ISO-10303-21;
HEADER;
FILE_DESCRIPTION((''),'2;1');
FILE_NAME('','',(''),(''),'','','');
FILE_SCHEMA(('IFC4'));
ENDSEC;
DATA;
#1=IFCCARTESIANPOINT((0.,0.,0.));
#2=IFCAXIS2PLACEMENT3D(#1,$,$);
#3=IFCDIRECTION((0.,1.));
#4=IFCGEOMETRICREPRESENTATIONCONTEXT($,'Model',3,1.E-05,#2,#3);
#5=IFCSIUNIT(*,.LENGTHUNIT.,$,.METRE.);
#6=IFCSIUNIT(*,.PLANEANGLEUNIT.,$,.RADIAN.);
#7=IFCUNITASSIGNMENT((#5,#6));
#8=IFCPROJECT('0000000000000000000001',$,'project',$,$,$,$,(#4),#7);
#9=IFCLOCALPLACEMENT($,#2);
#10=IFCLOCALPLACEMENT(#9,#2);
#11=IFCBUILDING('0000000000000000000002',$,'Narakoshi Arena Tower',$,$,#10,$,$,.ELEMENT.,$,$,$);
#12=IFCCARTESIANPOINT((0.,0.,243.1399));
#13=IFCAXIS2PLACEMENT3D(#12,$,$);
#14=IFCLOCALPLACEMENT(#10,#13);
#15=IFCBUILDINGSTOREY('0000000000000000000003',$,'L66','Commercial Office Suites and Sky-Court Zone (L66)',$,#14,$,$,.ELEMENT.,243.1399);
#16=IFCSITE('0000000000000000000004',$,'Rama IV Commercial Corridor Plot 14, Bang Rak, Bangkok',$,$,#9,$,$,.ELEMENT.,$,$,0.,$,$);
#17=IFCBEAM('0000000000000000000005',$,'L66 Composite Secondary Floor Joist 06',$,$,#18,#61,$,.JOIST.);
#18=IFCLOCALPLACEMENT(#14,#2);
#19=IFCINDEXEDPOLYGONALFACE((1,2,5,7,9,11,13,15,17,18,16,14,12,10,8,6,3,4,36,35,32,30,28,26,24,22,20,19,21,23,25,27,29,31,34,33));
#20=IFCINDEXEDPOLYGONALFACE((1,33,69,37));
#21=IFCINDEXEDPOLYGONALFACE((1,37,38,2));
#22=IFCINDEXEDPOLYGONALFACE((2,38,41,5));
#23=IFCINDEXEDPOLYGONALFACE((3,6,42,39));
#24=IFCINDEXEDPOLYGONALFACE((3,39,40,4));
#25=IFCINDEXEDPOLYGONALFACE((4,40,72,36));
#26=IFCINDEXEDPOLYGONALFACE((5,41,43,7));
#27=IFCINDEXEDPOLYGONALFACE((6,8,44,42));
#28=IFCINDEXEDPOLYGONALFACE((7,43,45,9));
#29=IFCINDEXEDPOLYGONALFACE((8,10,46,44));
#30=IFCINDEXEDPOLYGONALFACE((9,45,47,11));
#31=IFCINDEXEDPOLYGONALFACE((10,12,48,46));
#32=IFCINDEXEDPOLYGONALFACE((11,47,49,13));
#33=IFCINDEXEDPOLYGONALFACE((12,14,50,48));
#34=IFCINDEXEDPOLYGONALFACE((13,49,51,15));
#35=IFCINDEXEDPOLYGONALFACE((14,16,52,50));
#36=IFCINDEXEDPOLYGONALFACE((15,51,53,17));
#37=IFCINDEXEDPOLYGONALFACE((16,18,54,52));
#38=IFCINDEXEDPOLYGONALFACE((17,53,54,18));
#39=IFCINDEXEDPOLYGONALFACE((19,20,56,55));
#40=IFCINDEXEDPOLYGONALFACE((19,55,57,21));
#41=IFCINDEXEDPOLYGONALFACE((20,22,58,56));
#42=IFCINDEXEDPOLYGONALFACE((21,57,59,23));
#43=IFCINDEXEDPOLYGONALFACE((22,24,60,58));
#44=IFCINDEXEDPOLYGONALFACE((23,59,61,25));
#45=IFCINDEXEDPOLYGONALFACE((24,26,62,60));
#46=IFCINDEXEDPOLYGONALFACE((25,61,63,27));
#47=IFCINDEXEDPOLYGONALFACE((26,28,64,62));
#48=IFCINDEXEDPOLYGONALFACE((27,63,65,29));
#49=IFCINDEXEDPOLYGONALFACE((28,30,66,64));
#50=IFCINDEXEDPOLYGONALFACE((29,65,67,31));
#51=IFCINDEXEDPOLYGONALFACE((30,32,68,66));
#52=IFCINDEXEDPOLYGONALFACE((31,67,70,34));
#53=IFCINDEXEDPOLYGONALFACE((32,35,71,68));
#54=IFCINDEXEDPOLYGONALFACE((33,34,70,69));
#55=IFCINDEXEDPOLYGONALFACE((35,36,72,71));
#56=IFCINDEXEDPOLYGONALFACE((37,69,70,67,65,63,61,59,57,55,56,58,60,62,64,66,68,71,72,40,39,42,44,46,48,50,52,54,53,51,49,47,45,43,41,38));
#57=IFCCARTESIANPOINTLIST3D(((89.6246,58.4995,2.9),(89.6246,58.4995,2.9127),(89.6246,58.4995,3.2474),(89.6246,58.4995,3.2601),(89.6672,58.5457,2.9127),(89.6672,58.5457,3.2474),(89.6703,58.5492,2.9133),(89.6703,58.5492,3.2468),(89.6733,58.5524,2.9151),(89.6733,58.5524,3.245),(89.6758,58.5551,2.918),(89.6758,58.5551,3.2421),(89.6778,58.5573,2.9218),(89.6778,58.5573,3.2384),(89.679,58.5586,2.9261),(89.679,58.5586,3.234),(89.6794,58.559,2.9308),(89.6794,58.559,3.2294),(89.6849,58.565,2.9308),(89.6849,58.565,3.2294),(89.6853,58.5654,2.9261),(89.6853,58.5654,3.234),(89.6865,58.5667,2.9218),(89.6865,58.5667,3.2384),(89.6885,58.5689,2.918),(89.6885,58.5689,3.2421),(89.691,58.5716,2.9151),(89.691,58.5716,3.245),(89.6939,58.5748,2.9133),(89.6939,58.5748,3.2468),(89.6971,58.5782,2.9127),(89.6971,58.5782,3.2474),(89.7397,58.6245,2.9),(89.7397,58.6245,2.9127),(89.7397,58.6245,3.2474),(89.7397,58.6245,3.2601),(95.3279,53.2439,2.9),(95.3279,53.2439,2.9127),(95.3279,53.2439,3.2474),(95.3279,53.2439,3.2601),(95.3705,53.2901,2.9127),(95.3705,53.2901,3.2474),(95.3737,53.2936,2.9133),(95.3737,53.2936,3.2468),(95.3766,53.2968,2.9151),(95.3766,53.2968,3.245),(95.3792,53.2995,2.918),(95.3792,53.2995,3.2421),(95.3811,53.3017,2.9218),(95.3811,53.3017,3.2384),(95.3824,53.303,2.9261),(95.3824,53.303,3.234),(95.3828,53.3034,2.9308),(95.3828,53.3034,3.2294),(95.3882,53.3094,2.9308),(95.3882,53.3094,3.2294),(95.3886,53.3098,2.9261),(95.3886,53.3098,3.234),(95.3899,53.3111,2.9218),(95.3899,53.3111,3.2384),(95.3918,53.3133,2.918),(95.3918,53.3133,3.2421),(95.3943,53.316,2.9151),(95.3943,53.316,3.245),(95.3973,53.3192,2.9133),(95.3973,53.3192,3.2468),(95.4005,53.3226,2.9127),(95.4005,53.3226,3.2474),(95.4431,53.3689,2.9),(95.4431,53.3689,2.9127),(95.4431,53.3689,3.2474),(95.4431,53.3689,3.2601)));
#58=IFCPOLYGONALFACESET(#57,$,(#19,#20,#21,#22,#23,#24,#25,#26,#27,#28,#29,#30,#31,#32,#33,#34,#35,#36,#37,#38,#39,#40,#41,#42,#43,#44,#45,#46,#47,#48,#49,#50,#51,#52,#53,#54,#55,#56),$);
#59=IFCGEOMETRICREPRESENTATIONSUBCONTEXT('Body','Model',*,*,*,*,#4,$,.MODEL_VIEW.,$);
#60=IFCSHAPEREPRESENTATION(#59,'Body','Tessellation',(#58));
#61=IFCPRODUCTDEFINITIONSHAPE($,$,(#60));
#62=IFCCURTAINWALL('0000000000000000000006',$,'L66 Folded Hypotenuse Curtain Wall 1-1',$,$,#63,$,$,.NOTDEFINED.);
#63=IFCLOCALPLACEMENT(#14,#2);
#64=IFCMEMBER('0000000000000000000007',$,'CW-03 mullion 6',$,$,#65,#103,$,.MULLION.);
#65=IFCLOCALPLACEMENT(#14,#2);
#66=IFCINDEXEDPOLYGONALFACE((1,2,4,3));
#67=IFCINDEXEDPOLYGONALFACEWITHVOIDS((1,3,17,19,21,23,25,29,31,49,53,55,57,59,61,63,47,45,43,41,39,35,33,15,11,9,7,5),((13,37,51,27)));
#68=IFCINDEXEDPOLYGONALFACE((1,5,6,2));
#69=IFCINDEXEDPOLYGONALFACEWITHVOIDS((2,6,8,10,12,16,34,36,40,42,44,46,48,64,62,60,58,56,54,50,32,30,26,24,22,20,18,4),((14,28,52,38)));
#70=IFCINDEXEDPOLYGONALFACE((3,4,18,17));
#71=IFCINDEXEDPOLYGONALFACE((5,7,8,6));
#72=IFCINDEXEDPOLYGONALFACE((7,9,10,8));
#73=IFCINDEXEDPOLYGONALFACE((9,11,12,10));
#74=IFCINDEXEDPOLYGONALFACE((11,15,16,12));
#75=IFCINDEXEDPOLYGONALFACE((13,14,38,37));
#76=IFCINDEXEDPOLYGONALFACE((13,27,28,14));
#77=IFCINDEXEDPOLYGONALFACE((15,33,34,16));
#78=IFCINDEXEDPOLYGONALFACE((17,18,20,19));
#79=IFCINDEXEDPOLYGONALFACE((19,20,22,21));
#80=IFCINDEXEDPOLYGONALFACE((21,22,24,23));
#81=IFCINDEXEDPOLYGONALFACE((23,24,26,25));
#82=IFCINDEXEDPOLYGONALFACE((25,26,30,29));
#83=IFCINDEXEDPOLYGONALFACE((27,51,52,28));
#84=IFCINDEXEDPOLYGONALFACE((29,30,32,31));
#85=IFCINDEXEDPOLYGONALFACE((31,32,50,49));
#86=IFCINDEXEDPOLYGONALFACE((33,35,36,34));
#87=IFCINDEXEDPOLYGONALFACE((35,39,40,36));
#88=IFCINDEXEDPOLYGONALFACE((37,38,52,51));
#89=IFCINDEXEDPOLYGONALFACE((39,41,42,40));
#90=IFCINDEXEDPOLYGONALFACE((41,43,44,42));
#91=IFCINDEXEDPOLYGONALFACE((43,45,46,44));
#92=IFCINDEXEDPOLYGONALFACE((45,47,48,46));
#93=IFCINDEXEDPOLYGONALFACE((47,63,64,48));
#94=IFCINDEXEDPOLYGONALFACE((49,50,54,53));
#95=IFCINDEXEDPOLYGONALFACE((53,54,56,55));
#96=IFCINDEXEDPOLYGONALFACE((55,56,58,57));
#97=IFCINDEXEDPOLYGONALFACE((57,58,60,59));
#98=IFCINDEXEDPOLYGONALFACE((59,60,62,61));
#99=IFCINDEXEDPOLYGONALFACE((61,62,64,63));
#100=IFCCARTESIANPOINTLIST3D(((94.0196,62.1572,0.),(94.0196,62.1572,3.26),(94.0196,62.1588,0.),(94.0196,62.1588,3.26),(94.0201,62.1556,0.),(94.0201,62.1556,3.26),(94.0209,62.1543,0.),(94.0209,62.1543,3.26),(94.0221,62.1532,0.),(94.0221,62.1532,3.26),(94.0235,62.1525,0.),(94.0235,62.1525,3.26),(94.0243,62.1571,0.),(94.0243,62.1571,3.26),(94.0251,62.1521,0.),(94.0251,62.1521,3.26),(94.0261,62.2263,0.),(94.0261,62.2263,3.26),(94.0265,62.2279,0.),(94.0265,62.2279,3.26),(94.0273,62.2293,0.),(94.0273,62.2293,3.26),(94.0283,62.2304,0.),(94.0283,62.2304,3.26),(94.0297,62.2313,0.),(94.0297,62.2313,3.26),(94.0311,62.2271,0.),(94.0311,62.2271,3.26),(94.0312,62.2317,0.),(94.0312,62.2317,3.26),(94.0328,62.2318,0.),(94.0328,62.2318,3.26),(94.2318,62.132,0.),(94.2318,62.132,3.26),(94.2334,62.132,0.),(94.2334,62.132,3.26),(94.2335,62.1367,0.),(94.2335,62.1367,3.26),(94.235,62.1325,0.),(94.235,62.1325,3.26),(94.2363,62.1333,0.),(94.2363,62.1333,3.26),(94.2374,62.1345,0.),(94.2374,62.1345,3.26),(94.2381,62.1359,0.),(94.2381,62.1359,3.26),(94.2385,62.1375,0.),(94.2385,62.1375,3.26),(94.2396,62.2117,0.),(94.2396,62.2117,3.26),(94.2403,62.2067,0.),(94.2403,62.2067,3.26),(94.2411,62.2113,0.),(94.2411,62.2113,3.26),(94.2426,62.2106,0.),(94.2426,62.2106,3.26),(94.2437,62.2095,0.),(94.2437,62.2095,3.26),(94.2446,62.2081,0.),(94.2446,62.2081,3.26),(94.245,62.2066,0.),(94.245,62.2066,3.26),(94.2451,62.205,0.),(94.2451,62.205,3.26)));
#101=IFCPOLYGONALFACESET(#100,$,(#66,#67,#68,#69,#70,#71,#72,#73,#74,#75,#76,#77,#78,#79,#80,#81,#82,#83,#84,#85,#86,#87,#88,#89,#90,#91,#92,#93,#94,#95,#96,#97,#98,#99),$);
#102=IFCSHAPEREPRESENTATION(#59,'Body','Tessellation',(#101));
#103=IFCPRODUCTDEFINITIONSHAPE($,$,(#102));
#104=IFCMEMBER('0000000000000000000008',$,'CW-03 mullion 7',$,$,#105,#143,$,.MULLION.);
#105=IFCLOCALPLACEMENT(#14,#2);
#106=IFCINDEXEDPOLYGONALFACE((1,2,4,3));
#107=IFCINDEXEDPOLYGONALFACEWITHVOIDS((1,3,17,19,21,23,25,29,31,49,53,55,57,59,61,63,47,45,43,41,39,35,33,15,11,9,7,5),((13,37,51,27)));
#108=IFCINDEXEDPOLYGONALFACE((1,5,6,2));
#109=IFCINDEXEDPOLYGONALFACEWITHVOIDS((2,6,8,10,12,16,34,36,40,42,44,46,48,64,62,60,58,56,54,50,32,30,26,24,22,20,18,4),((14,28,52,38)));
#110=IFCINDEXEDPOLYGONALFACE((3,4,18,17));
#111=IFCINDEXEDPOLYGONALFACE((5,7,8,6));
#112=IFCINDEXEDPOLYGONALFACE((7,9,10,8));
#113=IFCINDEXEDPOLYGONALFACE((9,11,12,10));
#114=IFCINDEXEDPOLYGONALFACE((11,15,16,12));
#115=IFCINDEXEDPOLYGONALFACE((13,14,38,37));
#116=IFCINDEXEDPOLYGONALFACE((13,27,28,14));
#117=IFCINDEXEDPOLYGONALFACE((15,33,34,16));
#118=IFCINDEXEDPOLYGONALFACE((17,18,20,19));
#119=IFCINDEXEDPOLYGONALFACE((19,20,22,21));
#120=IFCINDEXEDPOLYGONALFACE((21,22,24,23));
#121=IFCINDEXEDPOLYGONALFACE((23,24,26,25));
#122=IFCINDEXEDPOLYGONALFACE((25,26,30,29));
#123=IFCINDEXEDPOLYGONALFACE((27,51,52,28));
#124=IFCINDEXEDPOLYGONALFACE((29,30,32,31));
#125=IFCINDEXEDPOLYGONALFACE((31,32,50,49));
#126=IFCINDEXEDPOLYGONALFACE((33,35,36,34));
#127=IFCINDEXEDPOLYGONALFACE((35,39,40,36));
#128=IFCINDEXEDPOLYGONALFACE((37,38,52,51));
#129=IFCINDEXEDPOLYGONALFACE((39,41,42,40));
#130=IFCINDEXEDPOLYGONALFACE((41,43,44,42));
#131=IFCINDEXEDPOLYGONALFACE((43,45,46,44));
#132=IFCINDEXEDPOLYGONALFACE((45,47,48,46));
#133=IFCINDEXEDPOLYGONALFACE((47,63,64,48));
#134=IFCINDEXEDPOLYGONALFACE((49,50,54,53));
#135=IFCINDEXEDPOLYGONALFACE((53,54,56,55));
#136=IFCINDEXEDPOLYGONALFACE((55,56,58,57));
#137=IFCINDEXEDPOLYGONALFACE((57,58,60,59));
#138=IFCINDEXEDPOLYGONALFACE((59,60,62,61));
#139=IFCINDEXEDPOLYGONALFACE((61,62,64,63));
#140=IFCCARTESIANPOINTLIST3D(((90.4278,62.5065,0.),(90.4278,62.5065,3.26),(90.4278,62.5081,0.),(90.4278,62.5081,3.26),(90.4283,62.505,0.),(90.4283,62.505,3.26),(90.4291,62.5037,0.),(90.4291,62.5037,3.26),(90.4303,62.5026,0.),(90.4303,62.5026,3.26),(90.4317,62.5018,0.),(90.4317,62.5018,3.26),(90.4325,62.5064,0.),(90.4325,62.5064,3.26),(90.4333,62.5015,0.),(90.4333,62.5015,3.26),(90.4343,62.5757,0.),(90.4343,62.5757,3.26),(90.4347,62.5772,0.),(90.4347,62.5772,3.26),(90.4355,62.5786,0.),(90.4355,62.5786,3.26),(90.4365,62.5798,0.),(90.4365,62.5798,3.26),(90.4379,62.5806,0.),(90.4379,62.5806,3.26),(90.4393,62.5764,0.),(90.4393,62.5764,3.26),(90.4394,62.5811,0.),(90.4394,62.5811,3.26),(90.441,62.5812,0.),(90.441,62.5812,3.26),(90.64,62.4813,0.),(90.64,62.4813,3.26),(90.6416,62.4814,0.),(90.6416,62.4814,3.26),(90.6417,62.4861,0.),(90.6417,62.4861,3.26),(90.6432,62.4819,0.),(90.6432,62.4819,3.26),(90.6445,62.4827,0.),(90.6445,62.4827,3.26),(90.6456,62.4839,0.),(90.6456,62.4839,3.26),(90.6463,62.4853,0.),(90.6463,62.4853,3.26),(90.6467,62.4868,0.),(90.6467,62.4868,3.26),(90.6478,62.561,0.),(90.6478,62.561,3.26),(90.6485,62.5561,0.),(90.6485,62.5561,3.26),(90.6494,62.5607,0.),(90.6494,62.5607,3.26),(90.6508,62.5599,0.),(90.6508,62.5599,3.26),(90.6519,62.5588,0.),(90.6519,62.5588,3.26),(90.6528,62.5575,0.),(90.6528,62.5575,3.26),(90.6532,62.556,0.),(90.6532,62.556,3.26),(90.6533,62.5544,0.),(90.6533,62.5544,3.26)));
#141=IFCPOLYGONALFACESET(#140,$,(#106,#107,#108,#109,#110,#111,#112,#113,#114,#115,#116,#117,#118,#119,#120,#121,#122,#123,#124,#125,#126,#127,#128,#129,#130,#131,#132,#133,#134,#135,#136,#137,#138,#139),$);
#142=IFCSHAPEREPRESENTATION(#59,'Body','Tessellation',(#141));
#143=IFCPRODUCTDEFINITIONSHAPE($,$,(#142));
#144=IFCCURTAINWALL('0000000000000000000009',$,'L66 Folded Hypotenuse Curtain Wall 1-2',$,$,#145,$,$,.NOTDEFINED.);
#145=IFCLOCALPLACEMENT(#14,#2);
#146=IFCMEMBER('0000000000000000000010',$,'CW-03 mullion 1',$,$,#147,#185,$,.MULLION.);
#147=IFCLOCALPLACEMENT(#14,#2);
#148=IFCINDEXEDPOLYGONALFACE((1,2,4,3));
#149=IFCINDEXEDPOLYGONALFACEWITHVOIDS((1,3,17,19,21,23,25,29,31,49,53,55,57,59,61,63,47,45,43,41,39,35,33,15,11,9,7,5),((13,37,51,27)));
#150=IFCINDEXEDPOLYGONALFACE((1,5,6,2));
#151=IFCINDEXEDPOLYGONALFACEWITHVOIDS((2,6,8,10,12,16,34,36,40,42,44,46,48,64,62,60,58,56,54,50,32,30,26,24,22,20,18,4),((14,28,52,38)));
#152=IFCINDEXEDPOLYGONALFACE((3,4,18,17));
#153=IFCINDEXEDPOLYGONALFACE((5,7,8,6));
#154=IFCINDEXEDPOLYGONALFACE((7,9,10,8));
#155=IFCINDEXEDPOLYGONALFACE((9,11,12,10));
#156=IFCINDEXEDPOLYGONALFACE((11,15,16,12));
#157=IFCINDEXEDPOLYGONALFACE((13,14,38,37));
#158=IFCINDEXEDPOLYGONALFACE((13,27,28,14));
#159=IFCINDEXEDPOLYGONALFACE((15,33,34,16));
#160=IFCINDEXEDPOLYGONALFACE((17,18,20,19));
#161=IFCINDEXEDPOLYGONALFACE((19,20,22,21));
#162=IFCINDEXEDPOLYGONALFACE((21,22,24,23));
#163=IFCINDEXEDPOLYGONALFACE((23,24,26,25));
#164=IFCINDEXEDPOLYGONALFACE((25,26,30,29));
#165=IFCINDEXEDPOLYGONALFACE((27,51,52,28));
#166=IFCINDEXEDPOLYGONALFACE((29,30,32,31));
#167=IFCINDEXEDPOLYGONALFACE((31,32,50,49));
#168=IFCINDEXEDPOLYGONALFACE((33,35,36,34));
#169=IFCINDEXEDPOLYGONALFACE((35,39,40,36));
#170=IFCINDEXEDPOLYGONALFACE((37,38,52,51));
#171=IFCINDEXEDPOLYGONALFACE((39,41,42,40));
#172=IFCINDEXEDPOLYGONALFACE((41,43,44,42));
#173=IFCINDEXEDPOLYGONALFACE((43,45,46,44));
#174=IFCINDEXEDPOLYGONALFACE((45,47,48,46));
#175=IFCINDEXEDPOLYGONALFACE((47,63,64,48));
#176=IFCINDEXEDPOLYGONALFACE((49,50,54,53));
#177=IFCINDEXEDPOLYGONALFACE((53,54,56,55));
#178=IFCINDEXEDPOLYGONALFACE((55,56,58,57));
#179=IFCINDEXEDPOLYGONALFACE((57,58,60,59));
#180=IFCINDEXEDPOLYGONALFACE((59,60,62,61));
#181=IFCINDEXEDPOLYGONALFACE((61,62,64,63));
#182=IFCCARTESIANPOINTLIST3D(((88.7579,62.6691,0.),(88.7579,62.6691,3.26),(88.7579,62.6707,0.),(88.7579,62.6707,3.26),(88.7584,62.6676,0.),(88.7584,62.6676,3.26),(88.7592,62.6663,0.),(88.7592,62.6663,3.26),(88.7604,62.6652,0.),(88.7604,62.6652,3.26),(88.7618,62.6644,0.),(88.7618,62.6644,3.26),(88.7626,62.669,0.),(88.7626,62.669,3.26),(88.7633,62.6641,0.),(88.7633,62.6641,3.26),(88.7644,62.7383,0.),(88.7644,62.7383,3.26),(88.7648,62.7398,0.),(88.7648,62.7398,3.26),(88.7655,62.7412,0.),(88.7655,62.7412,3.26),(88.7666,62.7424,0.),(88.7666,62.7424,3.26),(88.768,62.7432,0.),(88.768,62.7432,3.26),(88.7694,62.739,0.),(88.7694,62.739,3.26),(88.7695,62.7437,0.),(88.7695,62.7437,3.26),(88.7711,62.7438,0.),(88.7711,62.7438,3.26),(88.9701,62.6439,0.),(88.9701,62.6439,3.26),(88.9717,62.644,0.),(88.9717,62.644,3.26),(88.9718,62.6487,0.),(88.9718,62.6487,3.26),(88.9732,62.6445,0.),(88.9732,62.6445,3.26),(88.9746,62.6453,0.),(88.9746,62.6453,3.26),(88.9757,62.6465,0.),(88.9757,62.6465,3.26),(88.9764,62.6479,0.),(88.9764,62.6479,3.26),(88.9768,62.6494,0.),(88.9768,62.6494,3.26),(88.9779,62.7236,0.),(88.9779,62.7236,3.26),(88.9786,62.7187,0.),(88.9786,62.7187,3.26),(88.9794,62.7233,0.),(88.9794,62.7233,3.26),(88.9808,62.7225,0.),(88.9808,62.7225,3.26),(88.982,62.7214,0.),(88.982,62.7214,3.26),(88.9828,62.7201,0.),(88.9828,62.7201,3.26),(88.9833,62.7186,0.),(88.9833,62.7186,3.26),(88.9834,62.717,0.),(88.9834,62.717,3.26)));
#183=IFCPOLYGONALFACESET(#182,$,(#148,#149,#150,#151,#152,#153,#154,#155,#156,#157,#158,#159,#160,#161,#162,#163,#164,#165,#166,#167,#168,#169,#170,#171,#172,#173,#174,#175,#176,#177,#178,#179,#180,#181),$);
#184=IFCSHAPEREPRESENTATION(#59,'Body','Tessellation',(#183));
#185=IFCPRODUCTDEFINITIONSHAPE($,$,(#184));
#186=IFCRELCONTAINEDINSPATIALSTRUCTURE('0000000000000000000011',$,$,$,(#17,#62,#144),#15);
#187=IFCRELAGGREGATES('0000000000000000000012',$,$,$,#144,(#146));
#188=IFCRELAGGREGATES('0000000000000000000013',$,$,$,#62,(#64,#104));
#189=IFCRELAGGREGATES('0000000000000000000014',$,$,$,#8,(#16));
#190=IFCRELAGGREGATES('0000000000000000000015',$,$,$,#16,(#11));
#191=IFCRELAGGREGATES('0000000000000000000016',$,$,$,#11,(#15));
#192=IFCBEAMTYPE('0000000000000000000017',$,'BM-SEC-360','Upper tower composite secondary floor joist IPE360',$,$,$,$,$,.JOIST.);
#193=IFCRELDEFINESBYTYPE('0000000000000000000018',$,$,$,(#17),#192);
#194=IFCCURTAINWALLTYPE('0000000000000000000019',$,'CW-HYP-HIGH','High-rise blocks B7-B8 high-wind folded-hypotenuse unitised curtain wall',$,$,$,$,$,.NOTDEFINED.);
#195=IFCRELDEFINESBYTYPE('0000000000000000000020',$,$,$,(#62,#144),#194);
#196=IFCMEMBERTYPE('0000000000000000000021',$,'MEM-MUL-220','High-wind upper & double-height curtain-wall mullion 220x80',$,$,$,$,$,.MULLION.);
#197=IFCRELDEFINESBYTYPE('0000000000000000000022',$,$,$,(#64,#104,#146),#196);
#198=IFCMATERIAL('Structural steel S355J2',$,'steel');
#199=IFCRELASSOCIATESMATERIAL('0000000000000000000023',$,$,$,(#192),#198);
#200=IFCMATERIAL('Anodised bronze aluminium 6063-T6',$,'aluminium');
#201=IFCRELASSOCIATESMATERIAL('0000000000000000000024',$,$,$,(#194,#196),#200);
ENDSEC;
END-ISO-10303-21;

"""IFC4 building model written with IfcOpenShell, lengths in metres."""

from ifc_helpers import new_model, si_unit, direction, frame, origin, origin_2d, place, context, subcontext, project, spatial, hollow_rectangle, i_section, extrude, material, material_profile, profile_set, type_object, element, aggregate, save


model = new_model("IFC4")

# Units and contexts
model_context = context("Model", 3, precision=1e-05, world=origin(), true_north=direction((0.0, 1.0)))
body_context = subcontext(model_context, "Body", "Model", "MODEL_VIEW")
ifc_project = project(units=[si_unit("LENGTHUNIT", "METRE"), si_unit("PLANEANGLEUNIT", "RADIAN")], contexts=[model_context])

# Site, building, storey
site_placement = place(None, origin())
site = spatial("IfcSite", under=ifc_project, at=site_placement, Name="Rama IV Commercial Corridor Plot 14, Bang Rak, Bangkok", CompositionType="ELEMENT", RefElevation=0.0)
building_placement = place(site_placement, origin())
building = spatial("IfcBuilding", under=site, at=building_placement, Name="Narakoshi Arena Tower", CompositionType="ELEMENT")
storey_placement = place(building_placement, frame((0.0, 0.0, 243.1399)))
storey = spatial("IfcBuildingStorey", under=building, at=storey_placement, Name="L66", Description="Commercial Office Suites and Sky-Court Zone (L66)", CompositionType="ELEMENT", Elevation=243.1399)

# Beam
ifc_material_1 = material(Name="Structural steel S355J2", Category="steel")
ifc_material_profile_1 = material_profile(ifc_material_1, i_section(OverallWidth=0.1699, OverallDepth=0.3601, WebThickness=0.0081, FlangeThickness=0.0127, FilletRadius=0.0181, at=origin_2d()), Name="IPE360")
ifc_profile_set_1 = profile_set([ifc_material_profile_1], Name="Structural steel S355J2")
beam_type_1 = type_object("IfcBeamType", Name="BM-SEC-360", Description="Upper tower composite secondary floor joist IPE360", PredefinedType="JOIST", material=ifc_profile_set_1)
beam_1_placement = place(storey_placement, frame((95.3855, 53.3064, 3.0801), z_axis=(-0.735384, 0.677651, 0.0), x_axis=(-0.677651, -0.735384, 0.0)))
element("IfcBeam", 1, at=beam_1_placement, inside=storey, type_object=beam_type_1, Name="L66 Composite Secondary Floor Joist 06", PredefinedType="JOIST", context=body_context, shape_type="SweptSolid", body=[
    extrude(i_section(OverallWidth=0.1699, OverallDepth=0.3601, WebThickness=0.0081, FlangeThickness=0.0127, FilletRadius=0.0181, at=origin_2d()), origin(), (0.0, 0.0, 1.0), 7.7556),
])

# Curtain wall, members
ifc_material_2 = material(Name="Anodised bronze aluminium 6063-T6", Category="aluminium")
curtain_wall_type = type_object("IfcCurtainWallType", Name="CW-HYP-HIGH", Description="High-rise blocks B7-B8 high-wind folded-hypotenuse unitised curtain wall", PredefinedType="NOTDEFINED", material=ifc_material_2)
curtain_wall_1_placement = place(storey_placement, origin())
curtain_wall_1 = element("IfcCurtainWall", 2, at=curtain_wall_1_placement, inside=storey, type_object=curtain_wall_type, Name="L66 Folded Hypotenuse Curtain Wall 1-1", PredefinedType="NOTDEFINED")
ifc_material_profile_2 = material_profile(ifc_material_2, hollow_rectangle(XDim=0.0801, YDim=0.22, WallThickness=0.0049, OuterFilletRadius=0.0061, at=origin_2d()), Name="MUL220x80x5")
ifc_profile_set_2 = profile_set([ifc_material_profile_2], Name="Anodised bronze aluminium 6063-T6")
member_type_1 = type_object("IfcMemberType", Name="MEM-MUL-220", Description="High-wind upper & double-height curtain-wall mullion 220x80", PredefinedType="MULLION", material=ifc_profile_set_2)
member_1_placement = place(storey_placement, frame((94.1323, 62.1819, 0.0), z_axis=(0.0, 0.0, 1.0), x_axis=(-0.096851, -0.995299, 0.0)))
member_1 = element("IfcMember", 3, at=member_1_placement, type_object=member_type_1, Name="CW-03 mullion 6", PredefinedType="MULLION", context=body_context, shape_type="SweptSolid", body=[
    extrude(hollow_rectangle(XDim=0.0801, YDim=0.22, WallThickness=0.0049, OuterFilletRadius=0.0061, at=origin_2d()), origin(), (0.0, 0.0, 1.0), 3.26),
])
member_2_placement = place(storey_placement, frame((90.5405, 62.5312, 0.0), z_axis=(0.0, 0.0, 1.0), x_axis=(-0.096851, -0.995299, 0.0)))
member_2 = element("IfcMember", 4, at=member_2_placement, type_object=member_type_1, Name="CW-03 mullion 7", PredefinedType="MULLION", context=body_context, shape_type="SweptSolid", body=[
    extrude(hollow_rectangle(XDim=0.0801, YDim=0.22, WallThickness=0.0049, OuterFilletRadius=0.0061, at=origin_2d()), origin(), (0.0, 0.0, 1.0), 3.26),
])

# Curtain wall, member
curtain_wall_2_placement = place(storey_placement, origin())
curtain_wall_2 = element("IfcCurtainWall", 5, at=curtain_wall_2_placement, inside=storey, type_object=curtain_wall_type, Name="L66 Folded Hypotenuse Curtain Wall 1-2", PredefinedType="NOTDEFINED")
member_3_placement = place(storey_placement, frame((88.8706, 62.6938, 0.0), z_axis=(0.0, 0.0, 1.0), x_axis=(-0.096843, -0.9953, 0.0)))
member_3 = element("IfcMember", 6, at=member_3_placement, type_object=member_type_1, Name="CW-03 mullion 1", PredefinedType="MULLION", context=body_context, shape_type="SweptSolid", body=[
    extrude(hollow_rectangle(XDim=0.0801, YDim=0.22, WallThickness=0.0049, OuterFilletRadius=0.0061, at=origin_2d()), origin(), (0.0, 0.0, 1.0), 3.26),
])

aggregate(curtain_wall_2, [member_3])

aggregate(curtain_wall_1, [member_1, member_2])

save(model, "model.ifc")
